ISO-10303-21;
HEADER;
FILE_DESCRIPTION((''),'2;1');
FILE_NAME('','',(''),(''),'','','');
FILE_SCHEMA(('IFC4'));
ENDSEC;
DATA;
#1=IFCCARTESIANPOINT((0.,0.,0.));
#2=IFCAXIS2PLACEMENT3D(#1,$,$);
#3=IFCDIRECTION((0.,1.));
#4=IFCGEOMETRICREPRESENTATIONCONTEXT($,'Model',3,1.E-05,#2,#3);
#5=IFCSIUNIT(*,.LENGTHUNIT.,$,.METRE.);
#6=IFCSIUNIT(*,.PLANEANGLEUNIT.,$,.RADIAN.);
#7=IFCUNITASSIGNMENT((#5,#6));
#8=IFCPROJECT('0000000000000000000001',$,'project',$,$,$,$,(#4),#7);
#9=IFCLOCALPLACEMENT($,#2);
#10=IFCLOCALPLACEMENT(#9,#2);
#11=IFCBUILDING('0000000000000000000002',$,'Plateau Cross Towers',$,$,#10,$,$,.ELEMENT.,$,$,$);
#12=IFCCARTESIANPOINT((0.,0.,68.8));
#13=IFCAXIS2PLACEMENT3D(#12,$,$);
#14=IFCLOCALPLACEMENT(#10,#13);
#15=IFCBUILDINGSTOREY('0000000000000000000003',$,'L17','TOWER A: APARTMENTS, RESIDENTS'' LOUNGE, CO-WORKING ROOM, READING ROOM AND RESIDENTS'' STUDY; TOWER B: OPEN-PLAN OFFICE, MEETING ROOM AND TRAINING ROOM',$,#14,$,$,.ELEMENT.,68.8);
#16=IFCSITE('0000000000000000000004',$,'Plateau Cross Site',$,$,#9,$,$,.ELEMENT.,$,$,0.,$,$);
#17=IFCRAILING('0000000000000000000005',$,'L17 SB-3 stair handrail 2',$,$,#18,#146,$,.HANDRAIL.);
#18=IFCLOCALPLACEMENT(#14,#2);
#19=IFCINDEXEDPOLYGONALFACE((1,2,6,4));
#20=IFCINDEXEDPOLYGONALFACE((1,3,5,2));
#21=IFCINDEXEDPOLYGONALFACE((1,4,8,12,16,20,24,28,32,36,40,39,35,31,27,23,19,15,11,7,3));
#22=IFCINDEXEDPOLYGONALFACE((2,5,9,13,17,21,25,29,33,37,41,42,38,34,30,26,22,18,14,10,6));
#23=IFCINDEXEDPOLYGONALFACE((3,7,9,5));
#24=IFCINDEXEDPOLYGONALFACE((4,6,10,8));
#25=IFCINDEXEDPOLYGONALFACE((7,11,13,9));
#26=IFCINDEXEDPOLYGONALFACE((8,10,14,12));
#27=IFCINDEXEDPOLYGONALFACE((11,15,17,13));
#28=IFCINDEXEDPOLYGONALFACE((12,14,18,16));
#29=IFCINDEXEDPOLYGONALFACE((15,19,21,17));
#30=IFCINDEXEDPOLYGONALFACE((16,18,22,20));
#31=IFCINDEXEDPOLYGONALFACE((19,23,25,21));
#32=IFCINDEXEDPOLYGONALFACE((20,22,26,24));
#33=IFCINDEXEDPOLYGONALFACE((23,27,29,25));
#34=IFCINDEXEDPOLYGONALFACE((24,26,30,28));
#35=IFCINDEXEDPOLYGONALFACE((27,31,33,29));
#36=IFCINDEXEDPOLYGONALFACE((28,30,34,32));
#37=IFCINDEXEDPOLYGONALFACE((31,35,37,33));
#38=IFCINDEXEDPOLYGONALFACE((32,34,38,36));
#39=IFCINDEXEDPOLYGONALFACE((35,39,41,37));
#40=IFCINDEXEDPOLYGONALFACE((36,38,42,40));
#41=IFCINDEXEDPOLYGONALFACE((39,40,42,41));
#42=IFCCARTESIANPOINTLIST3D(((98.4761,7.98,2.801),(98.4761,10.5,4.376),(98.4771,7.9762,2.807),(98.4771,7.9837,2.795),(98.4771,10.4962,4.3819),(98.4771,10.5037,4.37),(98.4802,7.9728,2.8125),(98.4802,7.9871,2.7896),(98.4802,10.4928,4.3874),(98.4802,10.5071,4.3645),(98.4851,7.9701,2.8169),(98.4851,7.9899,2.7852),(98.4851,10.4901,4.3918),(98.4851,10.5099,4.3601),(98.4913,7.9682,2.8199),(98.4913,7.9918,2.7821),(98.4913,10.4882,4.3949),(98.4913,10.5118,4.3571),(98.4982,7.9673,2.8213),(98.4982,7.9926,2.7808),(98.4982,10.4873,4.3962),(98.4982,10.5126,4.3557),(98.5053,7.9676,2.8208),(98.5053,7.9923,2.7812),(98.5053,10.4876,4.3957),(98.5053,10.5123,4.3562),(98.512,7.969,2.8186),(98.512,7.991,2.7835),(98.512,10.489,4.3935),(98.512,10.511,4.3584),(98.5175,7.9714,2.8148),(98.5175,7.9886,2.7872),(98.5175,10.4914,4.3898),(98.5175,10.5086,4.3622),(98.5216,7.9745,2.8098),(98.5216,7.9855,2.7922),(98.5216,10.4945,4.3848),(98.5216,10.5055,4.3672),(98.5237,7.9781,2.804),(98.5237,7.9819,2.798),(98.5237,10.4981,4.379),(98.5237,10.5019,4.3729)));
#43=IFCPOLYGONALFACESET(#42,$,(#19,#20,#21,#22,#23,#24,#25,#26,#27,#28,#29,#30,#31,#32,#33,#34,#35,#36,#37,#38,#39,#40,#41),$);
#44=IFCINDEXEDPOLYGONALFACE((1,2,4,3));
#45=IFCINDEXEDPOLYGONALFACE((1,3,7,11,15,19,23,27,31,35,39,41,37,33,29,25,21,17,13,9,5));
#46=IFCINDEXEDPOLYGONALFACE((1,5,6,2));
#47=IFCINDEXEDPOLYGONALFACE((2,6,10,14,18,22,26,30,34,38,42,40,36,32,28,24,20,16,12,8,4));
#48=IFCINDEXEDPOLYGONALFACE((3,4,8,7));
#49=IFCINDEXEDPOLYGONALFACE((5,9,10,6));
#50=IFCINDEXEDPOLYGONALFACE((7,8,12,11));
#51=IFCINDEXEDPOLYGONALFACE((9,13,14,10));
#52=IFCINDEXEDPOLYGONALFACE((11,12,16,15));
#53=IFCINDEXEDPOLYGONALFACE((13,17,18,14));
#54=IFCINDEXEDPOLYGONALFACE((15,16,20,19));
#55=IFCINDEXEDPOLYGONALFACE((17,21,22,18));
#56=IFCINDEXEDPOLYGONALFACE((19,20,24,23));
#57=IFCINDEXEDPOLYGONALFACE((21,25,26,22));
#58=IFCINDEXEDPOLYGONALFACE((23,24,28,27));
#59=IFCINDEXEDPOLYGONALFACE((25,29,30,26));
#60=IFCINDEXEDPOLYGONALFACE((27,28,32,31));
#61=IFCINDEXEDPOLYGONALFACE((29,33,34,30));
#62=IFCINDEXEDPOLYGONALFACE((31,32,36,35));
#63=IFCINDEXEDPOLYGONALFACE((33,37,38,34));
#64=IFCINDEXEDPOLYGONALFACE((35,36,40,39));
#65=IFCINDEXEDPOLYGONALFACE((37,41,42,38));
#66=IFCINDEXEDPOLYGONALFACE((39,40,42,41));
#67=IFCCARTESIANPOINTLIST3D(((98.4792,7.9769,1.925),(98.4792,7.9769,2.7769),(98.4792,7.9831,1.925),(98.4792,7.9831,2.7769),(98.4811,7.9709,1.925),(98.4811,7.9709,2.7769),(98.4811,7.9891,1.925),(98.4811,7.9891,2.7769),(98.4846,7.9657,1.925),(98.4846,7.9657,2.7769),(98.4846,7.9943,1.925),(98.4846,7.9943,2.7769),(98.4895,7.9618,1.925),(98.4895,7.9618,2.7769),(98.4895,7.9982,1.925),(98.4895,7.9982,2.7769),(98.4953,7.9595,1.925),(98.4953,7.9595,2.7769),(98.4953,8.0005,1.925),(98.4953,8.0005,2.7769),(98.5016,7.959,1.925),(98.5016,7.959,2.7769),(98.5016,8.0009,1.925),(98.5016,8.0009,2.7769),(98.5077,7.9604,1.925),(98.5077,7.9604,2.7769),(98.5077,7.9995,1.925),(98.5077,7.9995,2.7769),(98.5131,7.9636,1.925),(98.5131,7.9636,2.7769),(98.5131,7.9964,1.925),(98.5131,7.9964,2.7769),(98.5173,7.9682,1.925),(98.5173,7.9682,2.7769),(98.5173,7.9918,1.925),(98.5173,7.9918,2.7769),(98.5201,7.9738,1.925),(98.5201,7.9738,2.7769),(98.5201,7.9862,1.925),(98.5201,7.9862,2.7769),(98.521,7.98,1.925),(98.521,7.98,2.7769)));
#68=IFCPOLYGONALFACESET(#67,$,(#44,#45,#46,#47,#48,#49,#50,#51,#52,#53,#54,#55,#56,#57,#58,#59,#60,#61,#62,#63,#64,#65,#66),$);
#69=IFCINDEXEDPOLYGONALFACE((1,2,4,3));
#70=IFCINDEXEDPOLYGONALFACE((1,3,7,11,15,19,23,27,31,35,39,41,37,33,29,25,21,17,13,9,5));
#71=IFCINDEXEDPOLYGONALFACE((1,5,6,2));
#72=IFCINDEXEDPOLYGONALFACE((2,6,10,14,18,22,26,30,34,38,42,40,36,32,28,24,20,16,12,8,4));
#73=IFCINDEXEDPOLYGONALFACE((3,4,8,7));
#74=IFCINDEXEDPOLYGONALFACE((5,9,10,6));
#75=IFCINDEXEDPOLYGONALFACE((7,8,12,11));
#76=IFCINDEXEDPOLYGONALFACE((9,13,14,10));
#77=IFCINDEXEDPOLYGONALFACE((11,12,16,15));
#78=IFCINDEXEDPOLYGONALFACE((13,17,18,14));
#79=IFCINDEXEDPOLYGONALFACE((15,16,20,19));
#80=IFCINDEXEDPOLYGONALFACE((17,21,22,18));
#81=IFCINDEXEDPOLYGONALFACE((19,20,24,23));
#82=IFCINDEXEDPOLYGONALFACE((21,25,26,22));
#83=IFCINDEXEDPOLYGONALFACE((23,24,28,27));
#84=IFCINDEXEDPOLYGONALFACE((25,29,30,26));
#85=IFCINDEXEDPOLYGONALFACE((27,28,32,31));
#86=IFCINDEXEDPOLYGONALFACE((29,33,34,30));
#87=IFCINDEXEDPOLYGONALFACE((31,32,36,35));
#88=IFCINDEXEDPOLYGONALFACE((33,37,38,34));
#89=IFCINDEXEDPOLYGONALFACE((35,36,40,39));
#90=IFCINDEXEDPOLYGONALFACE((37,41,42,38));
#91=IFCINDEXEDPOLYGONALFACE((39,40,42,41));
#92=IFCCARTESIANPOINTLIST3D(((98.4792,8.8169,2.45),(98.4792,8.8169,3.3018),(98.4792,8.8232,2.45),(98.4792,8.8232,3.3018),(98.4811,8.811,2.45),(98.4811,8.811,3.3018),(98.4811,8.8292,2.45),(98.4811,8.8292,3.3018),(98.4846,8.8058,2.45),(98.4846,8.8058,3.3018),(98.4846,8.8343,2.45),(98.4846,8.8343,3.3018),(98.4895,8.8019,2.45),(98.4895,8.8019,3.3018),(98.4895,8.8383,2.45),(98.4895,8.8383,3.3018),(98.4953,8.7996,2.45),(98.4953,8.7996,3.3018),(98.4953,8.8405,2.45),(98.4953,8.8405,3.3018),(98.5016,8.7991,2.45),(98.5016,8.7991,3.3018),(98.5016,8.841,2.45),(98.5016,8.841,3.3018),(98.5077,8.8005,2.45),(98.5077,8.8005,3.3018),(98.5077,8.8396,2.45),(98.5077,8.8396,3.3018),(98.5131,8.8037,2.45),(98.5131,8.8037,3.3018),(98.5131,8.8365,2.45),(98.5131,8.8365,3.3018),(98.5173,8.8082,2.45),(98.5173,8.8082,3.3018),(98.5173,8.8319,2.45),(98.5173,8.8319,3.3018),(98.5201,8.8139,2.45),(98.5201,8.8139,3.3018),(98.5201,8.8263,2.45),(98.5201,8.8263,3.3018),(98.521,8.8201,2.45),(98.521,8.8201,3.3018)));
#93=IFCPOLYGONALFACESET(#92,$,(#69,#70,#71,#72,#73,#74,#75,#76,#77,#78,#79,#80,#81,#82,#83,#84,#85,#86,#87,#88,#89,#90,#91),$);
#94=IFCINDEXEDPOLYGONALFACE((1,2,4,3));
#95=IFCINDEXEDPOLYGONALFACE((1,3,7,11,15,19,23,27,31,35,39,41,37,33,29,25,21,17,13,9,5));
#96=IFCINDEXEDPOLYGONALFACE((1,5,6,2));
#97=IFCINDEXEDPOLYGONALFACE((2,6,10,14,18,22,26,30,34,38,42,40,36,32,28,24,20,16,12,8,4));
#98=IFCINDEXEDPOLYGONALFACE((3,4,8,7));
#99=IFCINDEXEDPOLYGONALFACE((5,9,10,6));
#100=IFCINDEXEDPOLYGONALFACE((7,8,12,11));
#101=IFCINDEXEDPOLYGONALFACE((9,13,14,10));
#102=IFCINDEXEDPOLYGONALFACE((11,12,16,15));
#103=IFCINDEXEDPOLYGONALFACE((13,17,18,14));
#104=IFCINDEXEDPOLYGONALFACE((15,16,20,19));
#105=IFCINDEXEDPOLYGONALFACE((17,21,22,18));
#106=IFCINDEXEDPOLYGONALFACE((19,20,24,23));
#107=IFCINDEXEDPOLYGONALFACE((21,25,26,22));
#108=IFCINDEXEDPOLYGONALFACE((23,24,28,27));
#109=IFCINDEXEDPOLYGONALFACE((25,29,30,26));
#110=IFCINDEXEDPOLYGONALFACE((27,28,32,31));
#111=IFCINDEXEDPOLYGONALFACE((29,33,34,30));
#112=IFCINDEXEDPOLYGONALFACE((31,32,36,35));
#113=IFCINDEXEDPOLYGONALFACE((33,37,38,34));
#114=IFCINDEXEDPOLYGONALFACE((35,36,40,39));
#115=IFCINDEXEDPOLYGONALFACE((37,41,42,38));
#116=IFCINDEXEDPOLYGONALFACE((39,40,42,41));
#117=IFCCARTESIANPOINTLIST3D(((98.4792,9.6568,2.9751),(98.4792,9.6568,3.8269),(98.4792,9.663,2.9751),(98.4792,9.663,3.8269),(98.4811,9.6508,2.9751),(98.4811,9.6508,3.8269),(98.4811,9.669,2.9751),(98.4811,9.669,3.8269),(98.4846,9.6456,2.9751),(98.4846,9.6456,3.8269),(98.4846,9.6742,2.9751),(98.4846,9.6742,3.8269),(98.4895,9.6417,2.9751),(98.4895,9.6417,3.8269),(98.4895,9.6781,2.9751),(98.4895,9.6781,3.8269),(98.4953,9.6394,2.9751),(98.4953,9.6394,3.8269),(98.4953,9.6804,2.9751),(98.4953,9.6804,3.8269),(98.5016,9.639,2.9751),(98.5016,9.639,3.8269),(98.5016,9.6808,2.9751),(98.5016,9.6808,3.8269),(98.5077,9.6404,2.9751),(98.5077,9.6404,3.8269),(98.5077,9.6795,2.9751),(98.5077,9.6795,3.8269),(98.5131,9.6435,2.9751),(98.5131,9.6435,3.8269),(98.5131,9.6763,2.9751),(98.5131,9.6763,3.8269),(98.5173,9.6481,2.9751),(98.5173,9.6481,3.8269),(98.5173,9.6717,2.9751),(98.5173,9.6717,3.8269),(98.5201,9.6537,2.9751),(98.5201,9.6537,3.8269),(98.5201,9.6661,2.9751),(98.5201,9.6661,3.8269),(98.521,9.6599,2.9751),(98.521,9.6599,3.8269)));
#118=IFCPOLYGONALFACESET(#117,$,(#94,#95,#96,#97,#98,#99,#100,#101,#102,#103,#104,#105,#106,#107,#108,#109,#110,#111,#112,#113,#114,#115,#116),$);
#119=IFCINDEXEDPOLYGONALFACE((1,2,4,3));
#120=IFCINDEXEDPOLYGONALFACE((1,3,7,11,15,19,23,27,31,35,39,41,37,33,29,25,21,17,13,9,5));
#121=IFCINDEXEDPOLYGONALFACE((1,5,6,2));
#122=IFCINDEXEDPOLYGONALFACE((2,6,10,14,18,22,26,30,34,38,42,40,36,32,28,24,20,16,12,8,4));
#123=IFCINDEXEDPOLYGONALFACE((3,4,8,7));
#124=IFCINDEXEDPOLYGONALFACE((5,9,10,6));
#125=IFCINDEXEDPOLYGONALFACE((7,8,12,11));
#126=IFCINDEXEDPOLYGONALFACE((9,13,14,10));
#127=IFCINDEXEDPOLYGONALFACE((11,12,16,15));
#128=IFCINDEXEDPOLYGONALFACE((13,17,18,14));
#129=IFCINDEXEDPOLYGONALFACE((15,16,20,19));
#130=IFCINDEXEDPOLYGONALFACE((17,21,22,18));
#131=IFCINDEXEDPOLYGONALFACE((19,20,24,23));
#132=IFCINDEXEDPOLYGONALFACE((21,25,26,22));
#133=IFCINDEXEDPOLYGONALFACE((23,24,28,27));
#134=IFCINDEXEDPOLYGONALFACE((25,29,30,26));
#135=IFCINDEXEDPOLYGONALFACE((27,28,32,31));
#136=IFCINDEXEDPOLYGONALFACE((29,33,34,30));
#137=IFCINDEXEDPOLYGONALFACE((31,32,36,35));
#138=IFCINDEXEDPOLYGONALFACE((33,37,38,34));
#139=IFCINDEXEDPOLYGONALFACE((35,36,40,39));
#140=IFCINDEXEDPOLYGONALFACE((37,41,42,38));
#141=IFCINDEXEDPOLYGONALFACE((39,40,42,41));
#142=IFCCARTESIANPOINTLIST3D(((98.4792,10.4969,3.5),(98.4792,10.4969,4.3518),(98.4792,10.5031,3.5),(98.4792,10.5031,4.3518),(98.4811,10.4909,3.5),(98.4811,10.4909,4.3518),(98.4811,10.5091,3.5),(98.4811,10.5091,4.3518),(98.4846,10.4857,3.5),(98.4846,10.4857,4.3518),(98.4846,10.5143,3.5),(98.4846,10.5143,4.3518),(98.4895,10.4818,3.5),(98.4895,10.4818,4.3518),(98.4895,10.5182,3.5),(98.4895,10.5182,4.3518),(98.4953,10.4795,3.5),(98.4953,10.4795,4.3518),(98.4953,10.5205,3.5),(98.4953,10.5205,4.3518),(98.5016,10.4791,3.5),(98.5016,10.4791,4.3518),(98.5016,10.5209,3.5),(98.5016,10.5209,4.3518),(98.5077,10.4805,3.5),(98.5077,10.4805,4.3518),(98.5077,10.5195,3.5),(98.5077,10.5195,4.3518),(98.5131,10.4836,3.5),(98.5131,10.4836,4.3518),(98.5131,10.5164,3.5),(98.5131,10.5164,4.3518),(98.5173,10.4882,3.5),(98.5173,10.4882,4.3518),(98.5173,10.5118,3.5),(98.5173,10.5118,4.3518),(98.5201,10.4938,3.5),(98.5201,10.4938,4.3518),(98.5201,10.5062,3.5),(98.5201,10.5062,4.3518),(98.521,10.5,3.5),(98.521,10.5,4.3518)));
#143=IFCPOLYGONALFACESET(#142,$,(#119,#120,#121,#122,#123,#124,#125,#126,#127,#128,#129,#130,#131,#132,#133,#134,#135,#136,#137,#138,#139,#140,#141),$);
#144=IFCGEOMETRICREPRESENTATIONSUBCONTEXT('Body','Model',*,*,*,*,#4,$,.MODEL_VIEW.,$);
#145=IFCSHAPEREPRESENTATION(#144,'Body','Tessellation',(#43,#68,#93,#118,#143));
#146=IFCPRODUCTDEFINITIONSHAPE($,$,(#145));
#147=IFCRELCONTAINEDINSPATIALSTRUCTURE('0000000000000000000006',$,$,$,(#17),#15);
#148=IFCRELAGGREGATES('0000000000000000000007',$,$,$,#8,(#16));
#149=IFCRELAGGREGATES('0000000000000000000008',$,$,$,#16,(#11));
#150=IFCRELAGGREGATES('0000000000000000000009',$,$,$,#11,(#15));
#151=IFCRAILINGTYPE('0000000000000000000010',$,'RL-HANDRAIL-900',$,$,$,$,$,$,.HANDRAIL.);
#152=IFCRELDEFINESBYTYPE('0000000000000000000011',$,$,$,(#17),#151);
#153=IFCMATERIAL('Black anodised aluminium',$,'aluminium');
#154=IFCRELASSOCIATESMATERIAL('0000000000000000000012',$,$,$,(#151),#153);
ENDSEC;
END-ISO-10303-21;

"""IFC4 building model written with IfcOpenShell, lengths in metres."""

from ifc_helpers import new_model, si_unit, direction, frame, origin, origin_2d, place, context, subcontext, project, spatial, circle, extrude, material, type_object, element, save


model = new_model("IFC4")

# Units and contexts
model_context = context("Model", 3, precision=1e-05, world=origin(), true_north=direction((0.0, 1.0)))
body_context = subcontext(model_context, "Body", "Model", "MODEL_VIEW")
ifc_project = project(units=[si_unit("LENGTHUNIT", "METRE"), si_unit("PLANEANGLEUNIT", "RADIAN")], contexts=[model_context])

# Site, building, storey
site_placement = place(None, origin())
site = spatial("IfcSite", under=ifc_project, at=site_placement, Name="Plateau Cross Site", CompositionType="ELEMENT", RefElevation=0.0)
building_placement = place(site_placement, origin())
building = spatial("IfcBuilding", under=site, at=building_placement, Name="Plateau Cross Towers", CompositionType="ELEMENT")
storey_placement = place(building_placement, frame((0.0, 0.0, 68.8)))
storey = spatial("IfcBuildingStorey", under=building, at=storey_placement, Name="L17", Description="TOWER A: APARTMENTS, RESIDENTS' LOUNGE, CO-WORKING ROOM, READING ROOM AND RESIDENTS' STUDY; TOWER B: OPEN-PLAN OFFICE, MEETING ROOM AND TRAINING ROOM", CompositionType="ELEMENT", Elevation=68.8)

# Shared definitions
ifc_material_1 = material(Name="Black anodised aluminium", Category="aluminium")

# Railing
railing_type_1 = type_object("IfcRailingType", Name="RL-HANDRAIL-900", PredefinedType="HANDRAIL", material=ifc_material_1)
railing_1_placement = place(storey_placement, frame((98.5, 7.98, 1.925)))
element("IfcRailing", 1, at=railing_1_placement, inside=storey, type_object=railing_type_1, Name="L17 SB-3 stair handrail 2", PredefinedType="HANDRAIL", context=body_context, shape_type="SweptSolid", body=[
    extrude(circle(Radius=0.0239, at=origin_2d()), frame((0.0, 0.0, 0.876), z_axis=(0.0, 0.848008, 0.529984), x_axis=(-1.0, 0.0, 0.0)), (0.0, 0.0, 1.0), 2.9717),
    extrude(circle(Radius=0.021, at=origin_2d()), origin(), (0.0, 0.0, 1.0), 0.8518),
    extrude(circle(Radius=0.021, at=origin_2d()), frame((0.0, 0.8401, 0.5249)), (0.0, 0.0, 1.0), 0.8518),
    extrude(circle(Radius=0.021, at=origin_2d()), frame((0.0, 1.6799, 1.05)), (0.0, 0.0, 1.0), 0.8518),
    extrude(circle(Radius=0.021, at=origin_2d()), frame((0.0, 2.52, 1.575)), (0.0, 0.0, 1.0), 0.8518),
])

save(model, "model.ifc")
